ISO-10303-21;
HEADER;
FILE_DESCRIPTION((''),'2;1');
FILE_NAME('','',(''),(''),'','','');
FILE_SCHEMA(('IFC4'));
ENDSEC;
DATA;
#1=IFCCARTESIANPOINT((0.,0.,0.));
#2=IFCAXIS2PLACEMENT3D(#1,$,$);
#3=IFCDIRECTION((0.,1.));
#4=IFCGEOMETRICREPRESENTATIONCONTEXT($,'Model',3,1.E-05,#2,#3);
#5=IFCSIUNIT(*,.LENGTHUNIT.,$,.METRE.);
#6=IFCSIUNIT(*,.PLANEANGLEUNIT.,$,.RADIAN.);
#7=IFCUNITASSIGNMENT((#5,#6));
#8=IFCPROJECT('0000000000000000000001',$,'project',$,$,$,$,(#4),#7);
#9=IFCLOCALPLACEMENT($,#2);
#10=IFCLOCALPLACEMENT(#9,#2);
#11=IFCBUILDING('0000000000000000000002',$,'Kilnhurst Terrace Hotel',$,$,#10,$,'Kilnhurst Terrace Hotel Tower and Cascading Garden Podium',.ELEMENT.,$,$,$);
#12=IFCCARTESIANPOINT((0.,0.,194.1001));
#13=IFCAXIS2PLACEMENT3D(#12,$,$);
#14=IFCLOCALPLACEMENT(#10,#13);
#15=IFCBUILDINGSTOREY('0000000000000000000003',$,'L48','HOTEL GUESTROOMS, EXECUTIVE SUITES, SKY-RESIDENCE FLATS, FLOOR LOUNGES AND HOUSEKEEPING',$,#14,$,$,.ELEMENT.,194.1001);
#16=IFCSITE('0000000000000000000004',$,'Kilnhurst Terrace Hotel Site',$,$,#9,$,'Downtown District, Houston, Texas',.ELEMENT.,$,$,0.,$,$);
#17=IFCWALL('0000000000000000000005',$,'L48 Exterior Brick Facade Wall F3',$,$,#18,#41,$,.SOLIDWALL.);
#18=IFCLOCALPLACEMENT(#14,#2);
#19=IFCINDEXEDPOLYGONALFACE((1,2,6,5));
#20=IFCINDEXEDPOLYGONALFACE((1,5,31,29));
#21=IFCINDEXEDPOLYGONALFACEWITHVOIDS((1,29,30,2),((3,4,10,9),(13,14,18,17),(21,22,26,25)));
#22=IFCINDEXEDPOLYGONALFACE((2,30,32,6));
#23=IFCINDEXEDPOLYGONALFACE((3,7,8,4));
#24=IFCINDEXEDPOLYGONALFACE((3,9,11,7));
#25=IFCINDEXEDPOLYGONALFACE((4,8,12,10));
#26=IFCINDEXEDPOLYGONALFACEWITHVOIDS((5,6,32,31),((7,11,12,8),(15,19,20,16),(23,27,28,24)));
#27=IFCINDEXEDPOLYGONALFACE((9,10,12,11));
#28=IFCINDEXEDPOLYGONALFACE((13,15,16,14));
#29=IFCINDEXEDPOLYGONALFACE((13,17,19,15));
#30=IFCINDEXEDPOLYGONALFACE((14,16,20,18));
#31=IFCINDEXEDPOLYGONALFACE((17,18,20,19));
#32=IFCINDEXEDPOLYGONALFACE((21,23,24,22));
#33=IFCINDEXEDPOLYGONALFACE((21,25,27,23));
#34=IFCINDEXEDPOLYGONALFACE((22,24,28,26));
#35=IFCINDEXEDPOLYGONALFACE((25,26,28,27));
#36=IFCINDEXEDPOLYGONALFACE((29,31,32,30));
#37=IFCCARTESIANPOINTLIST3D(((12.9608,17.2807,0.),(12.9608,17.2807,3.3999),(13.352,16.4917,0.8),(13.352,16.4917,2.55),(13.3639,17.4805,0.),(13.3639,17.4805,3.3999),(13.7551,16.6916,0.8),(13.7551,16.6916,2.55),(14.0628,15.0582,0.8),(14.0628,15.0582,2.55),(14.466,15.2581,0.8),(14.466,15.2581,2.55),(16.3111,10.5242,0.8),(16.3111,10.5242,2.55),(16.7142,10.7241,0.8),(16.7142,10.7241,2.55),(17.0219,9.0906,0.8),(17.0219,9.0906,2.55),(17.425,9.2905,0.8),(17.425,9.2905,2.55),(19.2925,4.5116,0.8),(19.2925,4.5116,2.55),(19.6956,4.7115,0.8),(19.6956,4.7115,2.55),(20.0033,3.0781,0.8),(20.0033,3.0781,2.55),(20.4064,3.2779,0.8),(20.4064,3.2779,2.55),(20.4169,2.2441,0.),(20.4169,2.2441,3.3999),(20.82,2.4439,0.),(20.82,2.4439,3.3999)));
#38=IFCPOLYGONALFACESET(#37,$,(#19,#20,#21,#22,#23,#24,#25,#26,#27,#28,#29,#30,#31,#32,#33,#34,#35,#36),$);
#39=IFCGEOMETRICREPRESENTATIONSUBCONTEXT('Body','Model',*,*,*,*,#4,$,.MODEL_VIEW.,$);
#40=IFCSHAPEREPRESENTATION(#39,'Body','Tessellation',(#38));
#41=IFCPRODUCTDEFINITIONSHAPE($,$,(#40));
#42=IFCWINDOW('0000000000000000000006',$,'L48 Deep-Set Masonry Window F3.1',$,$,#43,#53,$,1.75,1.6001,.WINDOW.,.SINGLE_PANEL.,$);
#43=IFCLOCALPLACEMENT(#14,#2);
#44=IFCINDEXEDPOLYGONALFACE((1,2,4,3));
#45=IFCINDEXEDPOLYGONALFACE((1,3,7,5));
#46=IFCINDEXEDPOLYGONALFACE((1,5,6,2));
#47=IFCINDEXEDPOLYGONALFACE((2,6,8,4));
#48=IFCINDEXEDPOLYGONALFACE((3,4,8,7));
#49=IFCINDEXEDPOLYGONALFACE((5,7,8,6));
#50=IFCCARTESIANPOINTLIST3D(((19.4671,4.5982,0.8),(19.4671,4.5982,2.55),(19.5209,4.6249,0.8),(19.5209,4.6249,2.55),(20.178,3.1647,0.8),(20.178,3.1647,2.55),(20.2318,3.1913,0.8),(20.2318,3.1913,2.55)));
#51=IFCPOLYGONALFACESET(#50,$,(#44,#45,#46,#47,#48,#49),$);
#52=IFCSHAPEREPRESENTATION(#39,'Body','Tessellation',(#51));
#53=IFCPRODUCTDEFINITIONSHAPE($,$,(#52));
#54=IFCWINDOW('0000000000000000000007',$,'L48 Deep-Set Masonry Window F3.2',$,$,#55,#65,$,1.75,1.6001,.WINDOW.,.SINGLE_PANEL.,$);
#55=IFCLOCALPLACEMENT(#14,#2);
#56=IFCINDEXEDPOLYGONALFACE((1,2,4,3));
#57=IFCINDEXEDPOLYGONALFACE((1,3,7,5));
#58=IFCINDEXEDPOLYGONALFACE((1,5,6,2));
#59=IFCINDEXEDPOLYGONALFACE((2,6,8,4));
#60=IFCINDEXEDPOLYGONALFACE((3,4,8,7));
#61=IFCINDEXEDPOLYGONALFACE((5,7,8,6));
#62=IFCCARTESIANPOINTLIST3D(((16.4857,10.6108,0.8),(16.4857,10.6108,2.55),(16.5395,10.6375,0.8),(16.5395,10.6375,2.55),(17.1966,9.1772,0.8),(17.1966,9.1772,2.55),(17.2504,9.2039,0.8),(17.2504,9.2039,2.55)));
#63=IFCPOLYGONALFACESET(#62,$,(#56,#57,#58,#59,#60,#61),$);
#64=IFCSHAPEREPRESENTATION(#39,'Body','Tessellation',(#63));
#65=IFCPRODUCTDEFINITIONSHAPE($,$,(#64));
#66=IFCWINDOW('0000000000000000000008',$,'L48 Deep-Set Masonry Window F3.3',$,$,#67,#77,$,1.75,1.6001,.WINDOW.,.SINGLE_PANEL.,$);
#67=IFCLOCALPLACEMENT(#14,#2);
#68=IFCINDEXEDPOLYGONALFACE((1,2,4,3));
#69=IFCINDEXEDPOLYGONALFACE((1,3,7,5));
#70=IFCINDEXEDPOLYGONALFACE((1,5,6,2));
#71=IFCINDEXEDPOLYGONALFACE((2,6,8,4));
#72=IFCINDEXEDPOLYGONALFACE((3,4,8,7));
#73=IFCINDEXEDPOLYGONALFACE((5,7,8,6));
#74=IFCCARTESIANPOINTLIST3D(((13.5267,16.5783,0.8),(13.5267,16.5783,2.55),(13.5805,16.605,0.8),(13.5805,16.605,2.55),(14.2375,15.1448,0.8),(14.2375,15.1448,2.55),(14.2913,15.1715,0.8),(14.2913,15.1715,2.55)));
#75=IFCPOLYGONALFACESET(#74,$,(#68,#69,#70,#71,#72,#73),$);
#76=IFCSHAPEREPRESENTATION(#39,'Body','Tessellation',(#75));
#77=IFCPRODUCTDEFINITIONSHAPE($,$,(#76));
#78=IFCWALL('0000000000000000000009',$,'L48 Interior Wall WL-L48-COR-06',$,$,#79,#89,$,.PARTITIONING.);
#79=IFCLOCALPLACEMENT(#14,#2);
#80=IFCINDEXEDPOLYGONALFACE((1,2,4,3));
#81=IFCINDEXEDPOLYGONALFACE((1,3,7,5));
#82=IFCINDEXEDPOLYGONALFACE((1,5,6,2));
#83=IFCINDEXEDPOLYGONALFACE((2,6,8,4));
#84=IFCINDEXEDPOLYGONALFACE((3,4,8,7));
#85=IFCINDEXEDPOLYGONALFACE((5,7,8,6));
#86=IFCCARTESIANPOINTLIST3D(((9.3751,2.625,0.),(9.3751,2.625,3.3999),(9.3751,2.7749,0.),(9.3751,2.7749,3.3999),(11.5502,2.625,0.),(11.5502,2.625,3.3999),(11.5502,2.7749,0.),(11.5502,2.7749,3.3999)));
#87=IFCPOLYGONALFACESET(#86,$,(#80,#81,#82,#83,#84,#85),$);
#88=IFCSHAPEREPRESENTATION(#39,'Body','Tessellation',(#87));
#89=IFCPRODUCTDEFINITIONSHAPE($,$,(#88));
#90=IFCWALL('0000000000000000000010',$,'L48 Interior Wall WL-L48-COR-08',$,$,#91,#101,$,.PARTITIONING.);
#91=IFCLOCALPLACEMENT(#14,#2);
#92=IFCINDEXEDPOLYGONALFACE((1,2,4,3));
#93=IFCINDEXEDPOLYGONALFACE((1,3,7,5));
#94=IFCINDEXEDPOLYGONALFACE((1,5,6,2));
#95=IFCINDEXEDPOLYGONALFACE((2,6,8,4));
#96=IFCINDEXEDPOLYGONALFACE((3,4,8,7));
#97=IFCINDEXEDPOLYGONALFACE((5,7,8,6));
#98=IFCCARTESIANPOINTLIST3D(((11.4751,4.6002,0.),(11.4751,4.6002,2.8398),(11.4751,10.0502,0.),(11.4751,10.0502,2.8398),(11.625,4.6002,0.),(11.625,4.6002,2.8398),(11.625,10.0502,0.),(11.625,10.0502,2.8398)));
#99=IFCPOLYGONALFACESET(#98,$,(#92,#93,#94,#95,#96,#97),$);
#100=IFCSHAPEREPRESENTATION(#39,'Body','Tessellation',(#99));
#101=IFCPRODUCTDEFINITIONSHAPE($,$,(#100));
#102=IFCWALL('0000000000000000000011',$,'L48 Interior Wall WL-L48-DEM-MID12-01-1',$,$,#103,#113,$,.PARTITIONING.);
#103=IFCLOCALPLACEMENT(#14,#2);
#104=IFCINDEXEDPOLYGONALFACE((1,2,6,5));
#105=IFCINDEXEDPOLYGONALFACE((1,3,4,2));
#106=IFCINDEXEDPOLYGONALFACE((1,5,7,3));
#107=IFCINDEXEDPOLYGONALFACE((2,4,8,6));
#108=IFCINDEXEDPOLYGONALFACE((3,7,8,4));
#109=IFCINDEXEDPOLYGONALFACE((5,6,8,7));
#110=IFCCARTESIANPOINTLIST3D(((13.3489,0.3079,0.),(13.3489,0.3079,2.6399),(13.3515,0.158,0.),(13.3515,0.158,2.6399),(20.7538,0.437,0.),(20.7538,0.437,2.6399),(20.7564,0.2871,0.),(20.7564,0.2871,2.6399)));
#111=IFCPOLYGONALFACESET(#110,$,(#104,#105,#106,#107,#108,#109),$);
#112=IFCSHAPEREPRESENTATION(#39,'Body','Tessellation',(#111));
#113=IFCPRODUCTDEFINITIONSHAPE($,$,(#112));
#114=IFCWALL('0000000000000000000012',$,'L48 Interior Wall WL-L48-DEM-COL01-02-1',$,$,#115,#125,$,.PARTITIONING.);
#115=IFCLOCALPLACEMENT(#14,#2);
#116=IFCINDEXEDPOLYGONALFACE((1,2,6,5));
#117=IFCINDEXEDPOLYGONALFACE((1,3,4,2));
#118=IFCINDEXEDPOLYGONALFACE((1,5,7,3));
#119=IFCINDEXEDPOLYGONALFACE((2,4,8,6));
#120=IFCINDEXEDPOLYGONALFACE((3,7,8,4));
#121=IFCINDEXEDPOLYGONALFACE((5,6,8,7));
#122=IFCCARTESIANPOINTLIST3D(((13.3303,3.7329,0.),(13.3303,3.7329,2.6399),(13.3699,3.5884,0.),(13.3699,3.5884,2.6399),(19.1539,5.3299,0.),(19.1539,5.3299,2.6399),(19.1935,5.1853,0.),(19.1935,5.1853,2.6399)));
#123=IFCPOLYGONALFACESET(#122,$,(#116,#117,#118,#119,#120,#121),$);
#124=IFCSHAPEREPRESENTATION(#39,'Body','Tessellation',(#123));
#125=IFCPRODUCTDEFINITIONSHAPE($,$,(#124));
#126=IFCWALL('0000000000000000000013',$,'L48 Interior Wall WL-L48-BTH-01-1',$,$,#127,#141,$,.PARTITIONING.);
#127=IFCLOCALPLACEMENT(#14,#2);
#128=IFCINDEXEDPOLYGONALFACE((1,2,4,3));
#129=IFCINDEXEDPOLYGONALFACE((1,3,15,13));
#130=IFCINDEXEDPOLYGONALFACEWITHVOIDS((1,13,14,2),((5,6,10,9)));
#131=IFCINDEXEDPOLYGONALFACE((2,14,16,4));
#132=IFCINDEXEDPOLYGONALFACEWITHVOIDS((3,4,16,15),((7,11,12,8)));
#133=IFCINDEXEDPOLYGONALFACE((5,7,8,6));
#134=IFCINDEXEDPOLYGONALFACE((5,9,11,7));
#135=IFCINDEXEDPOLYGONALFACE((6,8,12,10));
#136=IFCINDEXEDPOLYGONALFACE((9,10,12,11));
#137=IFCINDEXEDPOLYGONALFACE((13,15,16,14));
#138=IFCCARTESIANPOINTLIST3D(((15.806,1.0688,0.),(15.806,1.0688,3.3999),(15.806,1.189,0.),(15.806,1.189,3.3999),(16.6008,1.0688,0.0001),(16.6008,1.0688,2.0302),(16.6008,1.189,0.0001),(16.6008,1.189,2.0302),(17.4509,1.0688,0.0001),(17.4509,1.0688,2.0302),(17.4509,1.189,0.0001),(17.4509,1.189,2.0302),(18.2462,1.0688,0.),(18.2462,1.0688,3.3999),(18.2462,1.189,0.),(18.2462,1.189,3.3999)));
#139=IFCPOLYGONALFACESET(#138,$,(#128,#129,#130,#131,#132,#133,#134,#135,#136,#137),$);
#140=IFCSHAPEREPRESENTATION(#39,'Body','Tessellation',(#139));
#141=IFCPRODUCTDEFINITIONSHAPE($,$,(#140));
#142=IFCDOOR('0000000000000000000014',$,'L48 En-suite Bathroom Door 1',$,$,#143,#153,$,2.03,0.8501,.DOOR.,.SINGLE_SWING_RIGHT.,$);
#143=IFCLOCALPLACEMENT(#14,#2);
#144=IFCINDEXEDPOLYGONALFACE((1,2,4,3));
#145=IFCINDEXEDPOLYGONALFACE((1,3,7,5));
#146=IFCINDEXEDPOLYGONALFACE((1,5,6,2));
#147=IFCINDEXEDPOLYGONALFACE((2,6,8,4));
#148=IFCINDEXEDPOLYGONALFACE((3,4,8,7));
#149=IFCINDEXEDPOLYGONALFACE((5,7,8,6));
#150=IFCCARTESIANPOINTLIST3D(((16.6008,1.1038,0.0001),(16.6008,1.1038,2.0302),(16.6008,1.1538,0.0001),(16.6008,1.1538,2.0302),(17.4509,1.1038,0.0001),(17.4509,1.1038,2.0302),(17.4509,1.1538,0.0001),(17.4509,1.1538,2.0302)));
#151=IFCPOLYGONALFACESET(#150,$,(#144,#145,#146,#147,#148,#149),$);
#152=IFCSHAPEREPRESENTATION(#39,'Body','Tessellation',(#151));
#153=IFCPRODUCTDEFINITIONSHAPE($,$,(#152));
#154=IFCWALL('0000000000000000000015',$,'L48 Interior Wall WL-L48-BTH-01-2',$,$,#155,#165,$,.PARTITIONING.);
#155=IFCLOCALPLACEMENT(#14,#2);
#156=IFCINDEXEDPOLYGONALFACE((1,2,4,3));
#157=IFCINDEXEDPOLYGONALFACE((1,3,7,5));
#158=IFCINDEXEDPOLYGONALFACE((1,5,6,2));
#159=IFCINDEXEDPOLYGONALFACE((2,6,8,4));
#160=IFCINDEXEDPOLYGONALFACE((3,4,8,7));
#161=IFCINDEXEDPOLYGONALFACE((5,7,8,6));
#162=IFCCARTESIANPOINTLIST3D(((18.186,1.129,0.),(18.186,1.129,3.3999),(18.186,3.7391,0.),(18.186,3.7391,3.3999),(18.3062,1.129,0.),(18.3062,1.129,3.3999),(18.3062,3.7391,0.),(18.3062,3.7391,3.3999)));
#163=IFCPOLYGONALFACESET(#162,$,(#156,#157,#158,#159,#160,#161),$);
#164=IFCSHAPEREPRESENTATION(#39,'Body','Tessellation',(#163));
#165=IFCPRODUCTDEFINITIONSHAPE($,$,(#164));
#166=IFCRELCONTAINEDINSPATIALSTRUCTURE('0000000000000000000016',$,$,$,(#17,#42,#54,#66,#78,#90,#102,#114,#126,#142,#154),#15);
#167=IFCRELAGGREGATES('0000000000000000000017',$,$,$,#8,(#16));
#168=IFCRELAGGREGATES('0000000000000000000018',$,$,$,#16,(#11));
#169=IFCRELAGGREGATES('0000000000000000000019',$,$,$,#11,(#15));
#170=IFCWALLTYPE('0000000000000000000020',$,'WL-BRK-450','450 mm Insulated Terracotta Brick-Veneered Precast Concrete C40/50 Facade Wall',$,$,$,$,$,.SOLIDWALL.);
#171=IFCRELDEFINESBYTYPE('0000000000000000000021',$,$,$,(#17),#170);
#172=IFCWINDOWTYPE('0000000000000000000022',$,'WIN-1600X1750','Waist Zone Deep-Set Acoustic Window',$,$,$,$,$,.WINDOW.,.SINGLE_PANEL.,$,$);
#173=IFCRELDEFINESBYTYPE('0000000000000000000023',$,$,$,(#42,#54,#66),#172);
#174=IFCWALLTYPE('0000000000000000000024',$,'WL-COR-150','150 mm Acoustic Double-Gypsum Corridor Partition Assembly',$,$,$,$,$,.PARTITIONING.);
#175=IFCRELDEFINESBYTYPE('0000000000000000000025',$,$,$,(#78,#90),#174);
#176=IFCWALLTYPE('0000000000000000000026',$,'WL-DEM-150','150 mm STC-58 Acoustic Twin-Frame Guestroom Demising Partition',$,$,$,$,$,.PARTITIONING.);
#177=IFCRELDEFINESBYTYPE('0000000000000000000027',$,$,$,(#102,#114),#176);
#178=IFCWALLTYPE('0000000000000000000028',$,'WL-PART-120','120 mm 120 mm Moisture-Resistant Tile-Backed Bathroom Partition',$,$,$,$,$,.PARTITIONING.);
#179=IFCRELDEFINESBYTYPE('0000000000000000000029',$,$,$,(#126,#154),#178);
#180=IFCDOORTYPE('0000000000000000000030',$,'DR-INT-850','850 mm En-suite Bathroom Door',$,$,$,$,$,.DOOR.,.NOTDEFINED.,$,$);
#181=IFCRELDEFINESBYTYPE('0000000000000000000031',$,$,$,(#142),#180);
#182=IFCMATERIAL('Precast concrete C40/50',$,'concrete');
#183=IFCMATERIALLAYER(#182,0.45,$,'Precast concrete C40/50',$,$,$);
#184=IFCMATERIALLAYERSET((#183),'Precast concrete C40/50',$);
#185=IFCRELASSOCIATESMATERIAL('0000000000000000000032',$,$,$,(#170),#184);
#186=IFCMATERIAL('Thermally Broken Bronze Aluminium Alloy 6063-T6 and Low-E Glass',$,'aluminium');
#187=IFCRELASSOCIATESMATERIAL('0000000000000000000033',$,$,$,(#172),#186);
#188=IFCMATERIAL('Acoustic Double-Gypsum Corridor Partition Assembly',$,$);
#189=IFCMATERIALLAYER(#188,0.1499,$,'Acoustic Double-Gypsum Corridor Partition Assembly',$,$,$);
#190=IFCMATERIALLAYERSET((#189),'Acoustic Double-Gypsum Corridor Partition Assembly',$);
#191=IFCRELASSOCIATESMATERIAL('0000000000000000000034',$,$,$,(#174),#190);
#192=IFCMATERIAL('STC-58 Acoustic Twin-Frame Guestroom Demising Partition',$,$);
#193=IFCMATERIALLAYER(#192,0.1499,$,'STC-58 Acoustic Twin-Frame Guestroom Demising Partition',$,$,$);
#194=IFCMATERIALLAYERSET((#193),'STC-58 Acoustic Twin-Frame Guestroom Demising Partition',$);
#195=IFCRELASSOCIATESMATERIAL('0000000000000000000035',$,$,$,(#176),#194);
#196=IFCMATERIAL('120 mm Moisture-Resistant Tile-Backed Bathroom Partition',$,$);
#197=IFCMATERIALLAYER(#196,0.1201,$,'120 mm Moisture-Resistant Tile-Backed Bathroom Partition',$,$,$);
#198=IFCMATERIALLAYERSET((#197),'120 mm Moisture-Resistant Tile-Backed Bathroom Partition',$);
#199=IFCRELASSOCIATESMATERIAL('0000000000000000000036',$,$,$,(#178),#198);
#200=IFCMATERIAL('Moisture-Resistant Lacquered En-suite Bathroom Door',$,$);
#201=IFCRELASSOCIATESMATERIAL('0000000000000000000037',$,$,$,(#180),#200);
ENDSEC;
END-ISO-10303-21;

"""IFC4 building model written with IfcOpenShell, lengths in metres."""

from ifc_helpers import new_model, si_unit, direction, frame, frame_2d, origin, place, context, subcontext, project, spatial, rectangle, extrude, material, layer, layer_set, type_object, element, fill, save


model = new_model("IFC4")

# Units and contexts
model_context = context("Model", 3, precision=1e-05, world=origin(), true_north=direction((0.0, 1.0)))
body_context = subcontext(model_context, "Body", "Model", "MODEL_VIEW")
ifc_project = project(units=[si_unit("LENGTHUNIT", "METRE"), si_unit("PLANEANGLEUNIT", "RADIAN")], contexts=[model_context])

# Site, building, storey
site_placement = place(None, origin())
site = spatial("IfcSite", under=ifc_project, at=site_placement, Name="Kilnhurst Terrace Hotel Site", LongName="Downtown District, Houston, Texas", CompositionType="ELEMENT", RefElevation=0.0)
building_placement = place(site_placement, origin())
building = spatial("IfcBuilding", under=site, at=building_placement, Name="Kilnhurst Terrace Hotel", LongName="Kilnhurst Terrace Hotel Tower and Cascading Garden Podium", CompositionType="ELEMENT")
storey_placement = place(building_placement, frame((0.0, 0.0, 194.1001)))
storey = spatial("IfcBuildingStorey", under=building, at=storey_placement, Name="L48", Description="HOTEL GUESTROOMS, EXECUTIVE SUITES, SKY-RESIDENCE FLATS, FLOOR LOUNGES AND HOUSEKEEPING", CompositionType="ELEMENT", Elevation=194.1001)

# Shared definitions
ifc_material_1 = material(Name="Precast concrete C40/50", Category="concrete")
ifc_layer_1 = layer(ifc_material_1, 0.45, Name="Precast concrete C40/50")
ifc_layer_set_1 = layer_set([ifc_layer_1], Name="Precast concrete C40/50")
wall_type_1 = type_object("IfcWallType", Name="WL-BRK-450", Description="450 mm Insulated Terracotta Brick-Veneered Precast Concrete C40/50 Facade Wall", PredefinedType="SOLIDWALL", material=ifc_layer_set_1)

# Wall, openings, windows
wall_1_placement = place(storey_placement, frame((20.6184, 2.344, 0.0), z_axis=(0.0, 0.0, 1.0), x_axis=(-0.444244, 0.895906, 0.0)))
wall_1 = element("IfcWall", 1, at=wall_1_placement, inside=storey, type_object=wall_type_1, Name="L48 Exterior Brick Facade Wall F3", PredefinedType="SOLIDWALL", context=body_context, shape_type="SweptSolid", body=[
    extrude(rectangle(XDim=16.7837, YDim=0.45, at=frame_2d((8.3918, 0.0))), origin(), (0.0, 0.0, 1.0), 3.3999),
])
opening_1_placement = place(wall_1_placement, frame((0.9309, 0.0, 0.8)))
opening_1 = element("IfcOpeningElement", 2, at=opening_1_placement, cuts=wall_1, PredefinedType="OPENING", context=body_context, shape_type="SweptSolid", body=[
    extrude(rectangle(XDim=1.6001, YDim=1.75, at=frame_2d((0.8, 0.875))), frame((0.0, 0.2349, 0.0), z_axis=(0.0, -1.0, 0.0), x_axis=(1.0, 0.0, 0.0)), (0.0, 0.0, 1.0), 0.47),
])
opening_2_placement = place(wall_1_placement, frame((7.6421, 0.0, 0.8)))
opening_2 = element("IfcOpeningElement", 3, at=opening_2_placement, cuts=wall_1, PredefinedType="OPENING", context=body_context, shape_type="SweptSolid", body=[
    extrude(rectangle(XDim=1.6001, YDim=1.75, at=frame_2d((0.8, 0.875))), frame((0.0, 0.2349, 0.0), z_axis=(0.0, -1.0, 0.0), x_axis=(1.0, 0.0, 0.0)), (0.0, 0.0, 1.0), 0.47),
])
opening_3_placement = place(wall_1_placement, frame((14.303, 0.0, 0.8)))
opening_3 = element("IfcOpeningElement", 4, at=opening_3_placement, cuts=wall_1, PredefinedType="OPENING", context=body_context, shape_type="SweptSolid", body=[
    extrude(rectangle(XDim=1.6001, YDim=1.75, at=frame_2d((0.8, 0.875))), frame((0.0, 0.2349, 0.0), z_axis=(0.0, -1.0, 0.0), x_axis=(1.0, 0.0, 0.0)), (0.0, 0.0, 1.0), 0.47),
])
ifc_material_2 = material(Name="Thermally Broken Bronze Aluminium Alloy 6063-T6 and Low-E Glass", Category="aluminium")
window_type = type_object("IfcWindowType", Name="WIN-1600X1750", Description="Waist Zone Deep-Set Acoustic Window", PartitioningType="SINGLE_PANEL", PredefinedType="WINDOW", material=ifc_material_2)
window_1_placement = place(opening_1_placement, origin())
window_1 = element("IfcWindow", 5, at=window_1_placement, inside=storey, type_object=window_type, Name="L48 Deep-Set Masonry Window F3.1", OverallHeight=1.75, OverallWidth=1.6001, PartitioningType="SINGLE_PANEL", PredefinedType="WINDOW", context=body_context, shape_type="SweptSolid", body=[
    extrude(rectangle(XDim=1.6001, YDim=1.75, at=frame_2d((0.8, 0.875))), frame((0.0, 0.03, 0.0), z_axis=(0.0, -1.0, 0.0), x_axis=(1.0, 0.0, 0.0)), (0.0, 0.0, 1.0), 0.0601),
])
fill(opening_1, window_1)
window_2_placement = place(opening_2_placement, origin())
window_2 = element("IfcWindow", 6, at=window_2_placement, inside=storey, type_object=window_type, Name="L48 Deep-Set Masonry Window F3.2", OverallHeight=1.75, OverallWidth=1.6001, PartitioningType="SINGLE_PANEL", PredefinedType="WINDOW", context=body_context, shape_type="SweptSolid", body=[
    extrude(rectangle(XDim=1.6001, YDim=1.75, at=frame_2d((0.8, 0.875))), frame((0.0, 0.03, 0.0), z_axis=(0.0, -1.0, 0.0), x_axis=(1.0, 0.0, 0.0)), (0.0, 0.0, 1.0), 0.0601),
])
fill(opening_2, window_2)
window_3_placement = place(opening_3_placement, origin())
window_3 = element("IfcWindow", 7, at=window_3_placement, inside=storey, type_object=window_type, Name="L48 Deep-Set Masonry Window F3.3", OverallHeight=1.75, OverallWidth=1.6001, PartitioningType="SINGLE_PANEL", PredefinedType="WINDOW", context=body_context, shape_type="SweptSolid", body=[
    extrude(rectangle(XDim=1.6001, YDim=1.75, at=frame_2d((0.8, 0.875))), frame((0.0, 0.03, 0.0), z_axis=(0.0, -1.0, 0.0), x_axis=(1.0, 0.0, 0.0)), (0.0, 0.0, 1.0), 0.0601),
])
fill(opening_3, window_3)

# Walls
ifc_material_3 = material(Name="Acoustic Double-Gypsum Corridor Partition Assembly")
ifc_layer_2 = layer(ifc_material_3, 0.1499, Name="Acoustic Double-Gypsum Corridor Partition Assembly")
ifc_layer_set_2 = layer_set([ifc_layer_2], Name="Acoustic Double-Gypsum Corridor Partition Assembly")
wall_type_2 = type_object("IfcWallType", Name="WL-COR-150", Description="150 mm Acoustic Double-Gypsum Corridor Partition Assembly", PredefinedType="PARTITIONING", material=ifc_layer_set_2)
wall_2_placement = place(storey_placement, frame((11.55, 2.7, 0.0), z_axis=(0.0, 0.0, 1.0), x_axis=(-1.0, 0.0, 0.0)))
element("IfcWall", 8, at=wall_2_placement, inside=storey, type_object=wall_type_2, Name="L48 Interior Wall WL-L48-COR-06", PredefinedType="PARTITIONING", context=body_context, shape_type="SweptSolid", body=[
    extrude(rectangle(XDim=2.175, YDim=0.1499, at=frame_2d((1.0874, 0.0))), origin(), (0.0, 0.0, 1.0), 3.3999),
])
wall_3_placement = place(storey_placement, frame((11.55, 4.6001, 0.0), z_axis=(0.0, 0.0, 1.0), x_axis=(0.0, 1.0, 0.0)))
element("IfcWall", 9, at=wall_3_placement, inside=storey, type_object=wall_type_2, Name="L48 Interior Wall WL-L48-COR-08", PredefinedType="PARTITIONING", context=body_context, shape_type="SweptSolid", body=[
    extrude(rectangle(XDim=5.45, YDim=0.1499, at=frame_2d((2.7251, 0.0))), origin(), (0.0, 0.0, 1.0), 2.8398),
])
ifc_material_4 = material(Name="STC-58 Acoustic Twin-Frame Guestroom Demising Partition")
ifc_layer_3 = layer(ifc_material_4, 0.1499, Name="STC-58 Acoustic Twin-Frame Guestroom Demising Partition")
ifc_layer_set_3 = layer_set([ifc_layer_3], Name="STC-58 Acoustic Twin-Frame Guestroom Demising Partition")
wall_type_3 = type_object("IfcWallType", Name="WL-DEM-150", Description="150 mm STC-58 Acoustic Twin-Frame Guestroom Demising Partition", PredefinedType="PARTITIONING", material=ifc_layer_set_3)
wall_4_placement = place(storey_placement, frame((13.3501, 0.2329, 0.0), z_axis=(0.0, 0.0, 1.0), x_axis=(0.999848, 0.017439, 0.0)))
element("IfcWall", 10, at=wall_4_placement, inside=storey, type_object=wall_type_3, Name="L48 Interior Wall WL-L48-DEM-MID12-01-1", PredefinedType="PARTITIONING", context=body_context, shape_type="SweptSolid", body=[
    extrude(rectangle(XDim=7.406, YDim=0.1499, at=frame_2d((3.7031, 0.0))), origin(), (0.0, 0.0, 1.0), 2.6399),
])
wall_5_placement = place(storey_placement, frame((13.3501, 3.6606, 0.0), z_axis=(0.0, 0.0, 1.0), x_axis=(0.964397, 0.264458, 0.0)))
element("IfcWall", 11, at=wall_5_placement, inside=storey, type_object=wall_type_3, Name="L48 Interior Wall WL-L48-DEM-COL01-02-1", PredefinedType="PARTITIONING", context=body_context, shape_type="SweptSolid", body=[
    extrude(rectangle(XDim=6.0386, YDim=0.1499, at=frame_2d((3.0193, 0.0))), origin(), (0.0, 0.0, 1.0), 2.6399),
])

# Wall, opening, door
ifc_material_5 = material(Name="120 mm Moisture-Resistant Tile-Backed Bathroom Partition")
ifc_layer_4 = layer(ifc_material_5, 0.1201, Name="120 mm Moisture-Resistant Tile-Backed Bathroom Partition")
ifc_layer_set_4 = layer_set([ifc_layer_4], Name="120 mm Moisture-Resistant Tile-Backed Bathroom Partition")
wall_type_4 = type_object("IfcWallType", Name="WL-PART-120", Description="120 mm 120 mm Moisture-Resistant Tile-Backed Bathroom Partition", PredefinedType="PARTITIONING", material=ifc_layer_set_4)
wall_6_placement = place(storey_placement, frame((15.8059, 1.1289, 0.0), z_axis=(0.0, 0.0, 1.0), x_axis=(1.0, 0.0, 0.0)))
wall_6 = element("IfcWall", 12, at=wall_6_placement, inside=storey, type_object=wall_type_4, Name="L48 Interior Wall WL-L48-BTH-01-1", PredefinedType="PARTITIONING", context=body_context, shape_type="SweptSolid", body=[
    extrude(rectangle(XDim=2.4402, YDim=0.1201, at=frame_2d((1.2202, 0.0))), origin(), (0.0, 0.0, 1.0), 3.3999),
])
opening_4_placement = place(wall_6_placement, frame((0.7949, 0.0, 0.0)))
opening_4 = element("IfcOpeningElement", 13, at=opening_4_placement, cuts=wall_6, PredefinedType="OPENING", context=body_context, shape_type="SweptSolid", body=[
    extrude(rectangle(XDim=0.8501, YDim=2.03, at=frame_2d((0.425, 1.0151))), frame((0.0, 0.0701, 0.0), z_axis=(0.0, -1.0, 0.0), x_axis=(1.0, 0.0, 0.0)), (0.0, 0.0, 1.0), 0.1401),
])
ifc_material_6 = material(Name="Moisture-Resistant Lacquered En-suite Bathroom Door")
door_type = type_object("IfcDoorType", Name="DR-INT-850", Description="850 mm En-suite Bathroom Door", OperationType="NOTDEFINED", PredefinedType="DOOR", material=ifc_material_6)
door_placement = place(opening_4_placement, origin())
door = element("IfcDoor", 14, at=door_placement, inside=storey, type_object=door_type, Name="L48 En-suite Bathroom Door 1", OperationType="SINGLE_SWING_RIGHT", OverallHeight=2.03, OverallWidth=0.8501, PredefinedType="DOOR", context=body_context, shape_type="SweptSolid", body=[
    extrude(rectangle(XDim=0.8501, YDim=2.03, at=frame_2d((0.425, 1.0151))), frame((0.0, 0.0249, 0.0), z_axis=(0.0, -1.0, 0.0), x_axis=(1.0, 0.0, 0.0)), (0.0, 0.0, 1.0), 0.05),
])
fill(opening_4, door)

# Wall
wall_7_placement = place(storey_placement, frame((18.2461, 1.1289, 0.0), z_axis=(0.0, 0.0, 1.0), x_axis=(0.0, 1.0, 0.0)))
element("IfcWall", 15, at=wall_7_placement, inside=storey, type_object=wall_type_4, Name="L48 Interior Wall WL-L48-BTH-01-2", PredefinedType="PARTITIONING", context=body_context, shape_type="SweptSolid", body=[
    extrude(rectangle(XDim=2.6101, YDim=0.1201, at=frame_2d((1.3052, 0.0))), origin(), (0.0, 0.0, 1.0), 3.3999),
])

save(model, "model.ifc")
